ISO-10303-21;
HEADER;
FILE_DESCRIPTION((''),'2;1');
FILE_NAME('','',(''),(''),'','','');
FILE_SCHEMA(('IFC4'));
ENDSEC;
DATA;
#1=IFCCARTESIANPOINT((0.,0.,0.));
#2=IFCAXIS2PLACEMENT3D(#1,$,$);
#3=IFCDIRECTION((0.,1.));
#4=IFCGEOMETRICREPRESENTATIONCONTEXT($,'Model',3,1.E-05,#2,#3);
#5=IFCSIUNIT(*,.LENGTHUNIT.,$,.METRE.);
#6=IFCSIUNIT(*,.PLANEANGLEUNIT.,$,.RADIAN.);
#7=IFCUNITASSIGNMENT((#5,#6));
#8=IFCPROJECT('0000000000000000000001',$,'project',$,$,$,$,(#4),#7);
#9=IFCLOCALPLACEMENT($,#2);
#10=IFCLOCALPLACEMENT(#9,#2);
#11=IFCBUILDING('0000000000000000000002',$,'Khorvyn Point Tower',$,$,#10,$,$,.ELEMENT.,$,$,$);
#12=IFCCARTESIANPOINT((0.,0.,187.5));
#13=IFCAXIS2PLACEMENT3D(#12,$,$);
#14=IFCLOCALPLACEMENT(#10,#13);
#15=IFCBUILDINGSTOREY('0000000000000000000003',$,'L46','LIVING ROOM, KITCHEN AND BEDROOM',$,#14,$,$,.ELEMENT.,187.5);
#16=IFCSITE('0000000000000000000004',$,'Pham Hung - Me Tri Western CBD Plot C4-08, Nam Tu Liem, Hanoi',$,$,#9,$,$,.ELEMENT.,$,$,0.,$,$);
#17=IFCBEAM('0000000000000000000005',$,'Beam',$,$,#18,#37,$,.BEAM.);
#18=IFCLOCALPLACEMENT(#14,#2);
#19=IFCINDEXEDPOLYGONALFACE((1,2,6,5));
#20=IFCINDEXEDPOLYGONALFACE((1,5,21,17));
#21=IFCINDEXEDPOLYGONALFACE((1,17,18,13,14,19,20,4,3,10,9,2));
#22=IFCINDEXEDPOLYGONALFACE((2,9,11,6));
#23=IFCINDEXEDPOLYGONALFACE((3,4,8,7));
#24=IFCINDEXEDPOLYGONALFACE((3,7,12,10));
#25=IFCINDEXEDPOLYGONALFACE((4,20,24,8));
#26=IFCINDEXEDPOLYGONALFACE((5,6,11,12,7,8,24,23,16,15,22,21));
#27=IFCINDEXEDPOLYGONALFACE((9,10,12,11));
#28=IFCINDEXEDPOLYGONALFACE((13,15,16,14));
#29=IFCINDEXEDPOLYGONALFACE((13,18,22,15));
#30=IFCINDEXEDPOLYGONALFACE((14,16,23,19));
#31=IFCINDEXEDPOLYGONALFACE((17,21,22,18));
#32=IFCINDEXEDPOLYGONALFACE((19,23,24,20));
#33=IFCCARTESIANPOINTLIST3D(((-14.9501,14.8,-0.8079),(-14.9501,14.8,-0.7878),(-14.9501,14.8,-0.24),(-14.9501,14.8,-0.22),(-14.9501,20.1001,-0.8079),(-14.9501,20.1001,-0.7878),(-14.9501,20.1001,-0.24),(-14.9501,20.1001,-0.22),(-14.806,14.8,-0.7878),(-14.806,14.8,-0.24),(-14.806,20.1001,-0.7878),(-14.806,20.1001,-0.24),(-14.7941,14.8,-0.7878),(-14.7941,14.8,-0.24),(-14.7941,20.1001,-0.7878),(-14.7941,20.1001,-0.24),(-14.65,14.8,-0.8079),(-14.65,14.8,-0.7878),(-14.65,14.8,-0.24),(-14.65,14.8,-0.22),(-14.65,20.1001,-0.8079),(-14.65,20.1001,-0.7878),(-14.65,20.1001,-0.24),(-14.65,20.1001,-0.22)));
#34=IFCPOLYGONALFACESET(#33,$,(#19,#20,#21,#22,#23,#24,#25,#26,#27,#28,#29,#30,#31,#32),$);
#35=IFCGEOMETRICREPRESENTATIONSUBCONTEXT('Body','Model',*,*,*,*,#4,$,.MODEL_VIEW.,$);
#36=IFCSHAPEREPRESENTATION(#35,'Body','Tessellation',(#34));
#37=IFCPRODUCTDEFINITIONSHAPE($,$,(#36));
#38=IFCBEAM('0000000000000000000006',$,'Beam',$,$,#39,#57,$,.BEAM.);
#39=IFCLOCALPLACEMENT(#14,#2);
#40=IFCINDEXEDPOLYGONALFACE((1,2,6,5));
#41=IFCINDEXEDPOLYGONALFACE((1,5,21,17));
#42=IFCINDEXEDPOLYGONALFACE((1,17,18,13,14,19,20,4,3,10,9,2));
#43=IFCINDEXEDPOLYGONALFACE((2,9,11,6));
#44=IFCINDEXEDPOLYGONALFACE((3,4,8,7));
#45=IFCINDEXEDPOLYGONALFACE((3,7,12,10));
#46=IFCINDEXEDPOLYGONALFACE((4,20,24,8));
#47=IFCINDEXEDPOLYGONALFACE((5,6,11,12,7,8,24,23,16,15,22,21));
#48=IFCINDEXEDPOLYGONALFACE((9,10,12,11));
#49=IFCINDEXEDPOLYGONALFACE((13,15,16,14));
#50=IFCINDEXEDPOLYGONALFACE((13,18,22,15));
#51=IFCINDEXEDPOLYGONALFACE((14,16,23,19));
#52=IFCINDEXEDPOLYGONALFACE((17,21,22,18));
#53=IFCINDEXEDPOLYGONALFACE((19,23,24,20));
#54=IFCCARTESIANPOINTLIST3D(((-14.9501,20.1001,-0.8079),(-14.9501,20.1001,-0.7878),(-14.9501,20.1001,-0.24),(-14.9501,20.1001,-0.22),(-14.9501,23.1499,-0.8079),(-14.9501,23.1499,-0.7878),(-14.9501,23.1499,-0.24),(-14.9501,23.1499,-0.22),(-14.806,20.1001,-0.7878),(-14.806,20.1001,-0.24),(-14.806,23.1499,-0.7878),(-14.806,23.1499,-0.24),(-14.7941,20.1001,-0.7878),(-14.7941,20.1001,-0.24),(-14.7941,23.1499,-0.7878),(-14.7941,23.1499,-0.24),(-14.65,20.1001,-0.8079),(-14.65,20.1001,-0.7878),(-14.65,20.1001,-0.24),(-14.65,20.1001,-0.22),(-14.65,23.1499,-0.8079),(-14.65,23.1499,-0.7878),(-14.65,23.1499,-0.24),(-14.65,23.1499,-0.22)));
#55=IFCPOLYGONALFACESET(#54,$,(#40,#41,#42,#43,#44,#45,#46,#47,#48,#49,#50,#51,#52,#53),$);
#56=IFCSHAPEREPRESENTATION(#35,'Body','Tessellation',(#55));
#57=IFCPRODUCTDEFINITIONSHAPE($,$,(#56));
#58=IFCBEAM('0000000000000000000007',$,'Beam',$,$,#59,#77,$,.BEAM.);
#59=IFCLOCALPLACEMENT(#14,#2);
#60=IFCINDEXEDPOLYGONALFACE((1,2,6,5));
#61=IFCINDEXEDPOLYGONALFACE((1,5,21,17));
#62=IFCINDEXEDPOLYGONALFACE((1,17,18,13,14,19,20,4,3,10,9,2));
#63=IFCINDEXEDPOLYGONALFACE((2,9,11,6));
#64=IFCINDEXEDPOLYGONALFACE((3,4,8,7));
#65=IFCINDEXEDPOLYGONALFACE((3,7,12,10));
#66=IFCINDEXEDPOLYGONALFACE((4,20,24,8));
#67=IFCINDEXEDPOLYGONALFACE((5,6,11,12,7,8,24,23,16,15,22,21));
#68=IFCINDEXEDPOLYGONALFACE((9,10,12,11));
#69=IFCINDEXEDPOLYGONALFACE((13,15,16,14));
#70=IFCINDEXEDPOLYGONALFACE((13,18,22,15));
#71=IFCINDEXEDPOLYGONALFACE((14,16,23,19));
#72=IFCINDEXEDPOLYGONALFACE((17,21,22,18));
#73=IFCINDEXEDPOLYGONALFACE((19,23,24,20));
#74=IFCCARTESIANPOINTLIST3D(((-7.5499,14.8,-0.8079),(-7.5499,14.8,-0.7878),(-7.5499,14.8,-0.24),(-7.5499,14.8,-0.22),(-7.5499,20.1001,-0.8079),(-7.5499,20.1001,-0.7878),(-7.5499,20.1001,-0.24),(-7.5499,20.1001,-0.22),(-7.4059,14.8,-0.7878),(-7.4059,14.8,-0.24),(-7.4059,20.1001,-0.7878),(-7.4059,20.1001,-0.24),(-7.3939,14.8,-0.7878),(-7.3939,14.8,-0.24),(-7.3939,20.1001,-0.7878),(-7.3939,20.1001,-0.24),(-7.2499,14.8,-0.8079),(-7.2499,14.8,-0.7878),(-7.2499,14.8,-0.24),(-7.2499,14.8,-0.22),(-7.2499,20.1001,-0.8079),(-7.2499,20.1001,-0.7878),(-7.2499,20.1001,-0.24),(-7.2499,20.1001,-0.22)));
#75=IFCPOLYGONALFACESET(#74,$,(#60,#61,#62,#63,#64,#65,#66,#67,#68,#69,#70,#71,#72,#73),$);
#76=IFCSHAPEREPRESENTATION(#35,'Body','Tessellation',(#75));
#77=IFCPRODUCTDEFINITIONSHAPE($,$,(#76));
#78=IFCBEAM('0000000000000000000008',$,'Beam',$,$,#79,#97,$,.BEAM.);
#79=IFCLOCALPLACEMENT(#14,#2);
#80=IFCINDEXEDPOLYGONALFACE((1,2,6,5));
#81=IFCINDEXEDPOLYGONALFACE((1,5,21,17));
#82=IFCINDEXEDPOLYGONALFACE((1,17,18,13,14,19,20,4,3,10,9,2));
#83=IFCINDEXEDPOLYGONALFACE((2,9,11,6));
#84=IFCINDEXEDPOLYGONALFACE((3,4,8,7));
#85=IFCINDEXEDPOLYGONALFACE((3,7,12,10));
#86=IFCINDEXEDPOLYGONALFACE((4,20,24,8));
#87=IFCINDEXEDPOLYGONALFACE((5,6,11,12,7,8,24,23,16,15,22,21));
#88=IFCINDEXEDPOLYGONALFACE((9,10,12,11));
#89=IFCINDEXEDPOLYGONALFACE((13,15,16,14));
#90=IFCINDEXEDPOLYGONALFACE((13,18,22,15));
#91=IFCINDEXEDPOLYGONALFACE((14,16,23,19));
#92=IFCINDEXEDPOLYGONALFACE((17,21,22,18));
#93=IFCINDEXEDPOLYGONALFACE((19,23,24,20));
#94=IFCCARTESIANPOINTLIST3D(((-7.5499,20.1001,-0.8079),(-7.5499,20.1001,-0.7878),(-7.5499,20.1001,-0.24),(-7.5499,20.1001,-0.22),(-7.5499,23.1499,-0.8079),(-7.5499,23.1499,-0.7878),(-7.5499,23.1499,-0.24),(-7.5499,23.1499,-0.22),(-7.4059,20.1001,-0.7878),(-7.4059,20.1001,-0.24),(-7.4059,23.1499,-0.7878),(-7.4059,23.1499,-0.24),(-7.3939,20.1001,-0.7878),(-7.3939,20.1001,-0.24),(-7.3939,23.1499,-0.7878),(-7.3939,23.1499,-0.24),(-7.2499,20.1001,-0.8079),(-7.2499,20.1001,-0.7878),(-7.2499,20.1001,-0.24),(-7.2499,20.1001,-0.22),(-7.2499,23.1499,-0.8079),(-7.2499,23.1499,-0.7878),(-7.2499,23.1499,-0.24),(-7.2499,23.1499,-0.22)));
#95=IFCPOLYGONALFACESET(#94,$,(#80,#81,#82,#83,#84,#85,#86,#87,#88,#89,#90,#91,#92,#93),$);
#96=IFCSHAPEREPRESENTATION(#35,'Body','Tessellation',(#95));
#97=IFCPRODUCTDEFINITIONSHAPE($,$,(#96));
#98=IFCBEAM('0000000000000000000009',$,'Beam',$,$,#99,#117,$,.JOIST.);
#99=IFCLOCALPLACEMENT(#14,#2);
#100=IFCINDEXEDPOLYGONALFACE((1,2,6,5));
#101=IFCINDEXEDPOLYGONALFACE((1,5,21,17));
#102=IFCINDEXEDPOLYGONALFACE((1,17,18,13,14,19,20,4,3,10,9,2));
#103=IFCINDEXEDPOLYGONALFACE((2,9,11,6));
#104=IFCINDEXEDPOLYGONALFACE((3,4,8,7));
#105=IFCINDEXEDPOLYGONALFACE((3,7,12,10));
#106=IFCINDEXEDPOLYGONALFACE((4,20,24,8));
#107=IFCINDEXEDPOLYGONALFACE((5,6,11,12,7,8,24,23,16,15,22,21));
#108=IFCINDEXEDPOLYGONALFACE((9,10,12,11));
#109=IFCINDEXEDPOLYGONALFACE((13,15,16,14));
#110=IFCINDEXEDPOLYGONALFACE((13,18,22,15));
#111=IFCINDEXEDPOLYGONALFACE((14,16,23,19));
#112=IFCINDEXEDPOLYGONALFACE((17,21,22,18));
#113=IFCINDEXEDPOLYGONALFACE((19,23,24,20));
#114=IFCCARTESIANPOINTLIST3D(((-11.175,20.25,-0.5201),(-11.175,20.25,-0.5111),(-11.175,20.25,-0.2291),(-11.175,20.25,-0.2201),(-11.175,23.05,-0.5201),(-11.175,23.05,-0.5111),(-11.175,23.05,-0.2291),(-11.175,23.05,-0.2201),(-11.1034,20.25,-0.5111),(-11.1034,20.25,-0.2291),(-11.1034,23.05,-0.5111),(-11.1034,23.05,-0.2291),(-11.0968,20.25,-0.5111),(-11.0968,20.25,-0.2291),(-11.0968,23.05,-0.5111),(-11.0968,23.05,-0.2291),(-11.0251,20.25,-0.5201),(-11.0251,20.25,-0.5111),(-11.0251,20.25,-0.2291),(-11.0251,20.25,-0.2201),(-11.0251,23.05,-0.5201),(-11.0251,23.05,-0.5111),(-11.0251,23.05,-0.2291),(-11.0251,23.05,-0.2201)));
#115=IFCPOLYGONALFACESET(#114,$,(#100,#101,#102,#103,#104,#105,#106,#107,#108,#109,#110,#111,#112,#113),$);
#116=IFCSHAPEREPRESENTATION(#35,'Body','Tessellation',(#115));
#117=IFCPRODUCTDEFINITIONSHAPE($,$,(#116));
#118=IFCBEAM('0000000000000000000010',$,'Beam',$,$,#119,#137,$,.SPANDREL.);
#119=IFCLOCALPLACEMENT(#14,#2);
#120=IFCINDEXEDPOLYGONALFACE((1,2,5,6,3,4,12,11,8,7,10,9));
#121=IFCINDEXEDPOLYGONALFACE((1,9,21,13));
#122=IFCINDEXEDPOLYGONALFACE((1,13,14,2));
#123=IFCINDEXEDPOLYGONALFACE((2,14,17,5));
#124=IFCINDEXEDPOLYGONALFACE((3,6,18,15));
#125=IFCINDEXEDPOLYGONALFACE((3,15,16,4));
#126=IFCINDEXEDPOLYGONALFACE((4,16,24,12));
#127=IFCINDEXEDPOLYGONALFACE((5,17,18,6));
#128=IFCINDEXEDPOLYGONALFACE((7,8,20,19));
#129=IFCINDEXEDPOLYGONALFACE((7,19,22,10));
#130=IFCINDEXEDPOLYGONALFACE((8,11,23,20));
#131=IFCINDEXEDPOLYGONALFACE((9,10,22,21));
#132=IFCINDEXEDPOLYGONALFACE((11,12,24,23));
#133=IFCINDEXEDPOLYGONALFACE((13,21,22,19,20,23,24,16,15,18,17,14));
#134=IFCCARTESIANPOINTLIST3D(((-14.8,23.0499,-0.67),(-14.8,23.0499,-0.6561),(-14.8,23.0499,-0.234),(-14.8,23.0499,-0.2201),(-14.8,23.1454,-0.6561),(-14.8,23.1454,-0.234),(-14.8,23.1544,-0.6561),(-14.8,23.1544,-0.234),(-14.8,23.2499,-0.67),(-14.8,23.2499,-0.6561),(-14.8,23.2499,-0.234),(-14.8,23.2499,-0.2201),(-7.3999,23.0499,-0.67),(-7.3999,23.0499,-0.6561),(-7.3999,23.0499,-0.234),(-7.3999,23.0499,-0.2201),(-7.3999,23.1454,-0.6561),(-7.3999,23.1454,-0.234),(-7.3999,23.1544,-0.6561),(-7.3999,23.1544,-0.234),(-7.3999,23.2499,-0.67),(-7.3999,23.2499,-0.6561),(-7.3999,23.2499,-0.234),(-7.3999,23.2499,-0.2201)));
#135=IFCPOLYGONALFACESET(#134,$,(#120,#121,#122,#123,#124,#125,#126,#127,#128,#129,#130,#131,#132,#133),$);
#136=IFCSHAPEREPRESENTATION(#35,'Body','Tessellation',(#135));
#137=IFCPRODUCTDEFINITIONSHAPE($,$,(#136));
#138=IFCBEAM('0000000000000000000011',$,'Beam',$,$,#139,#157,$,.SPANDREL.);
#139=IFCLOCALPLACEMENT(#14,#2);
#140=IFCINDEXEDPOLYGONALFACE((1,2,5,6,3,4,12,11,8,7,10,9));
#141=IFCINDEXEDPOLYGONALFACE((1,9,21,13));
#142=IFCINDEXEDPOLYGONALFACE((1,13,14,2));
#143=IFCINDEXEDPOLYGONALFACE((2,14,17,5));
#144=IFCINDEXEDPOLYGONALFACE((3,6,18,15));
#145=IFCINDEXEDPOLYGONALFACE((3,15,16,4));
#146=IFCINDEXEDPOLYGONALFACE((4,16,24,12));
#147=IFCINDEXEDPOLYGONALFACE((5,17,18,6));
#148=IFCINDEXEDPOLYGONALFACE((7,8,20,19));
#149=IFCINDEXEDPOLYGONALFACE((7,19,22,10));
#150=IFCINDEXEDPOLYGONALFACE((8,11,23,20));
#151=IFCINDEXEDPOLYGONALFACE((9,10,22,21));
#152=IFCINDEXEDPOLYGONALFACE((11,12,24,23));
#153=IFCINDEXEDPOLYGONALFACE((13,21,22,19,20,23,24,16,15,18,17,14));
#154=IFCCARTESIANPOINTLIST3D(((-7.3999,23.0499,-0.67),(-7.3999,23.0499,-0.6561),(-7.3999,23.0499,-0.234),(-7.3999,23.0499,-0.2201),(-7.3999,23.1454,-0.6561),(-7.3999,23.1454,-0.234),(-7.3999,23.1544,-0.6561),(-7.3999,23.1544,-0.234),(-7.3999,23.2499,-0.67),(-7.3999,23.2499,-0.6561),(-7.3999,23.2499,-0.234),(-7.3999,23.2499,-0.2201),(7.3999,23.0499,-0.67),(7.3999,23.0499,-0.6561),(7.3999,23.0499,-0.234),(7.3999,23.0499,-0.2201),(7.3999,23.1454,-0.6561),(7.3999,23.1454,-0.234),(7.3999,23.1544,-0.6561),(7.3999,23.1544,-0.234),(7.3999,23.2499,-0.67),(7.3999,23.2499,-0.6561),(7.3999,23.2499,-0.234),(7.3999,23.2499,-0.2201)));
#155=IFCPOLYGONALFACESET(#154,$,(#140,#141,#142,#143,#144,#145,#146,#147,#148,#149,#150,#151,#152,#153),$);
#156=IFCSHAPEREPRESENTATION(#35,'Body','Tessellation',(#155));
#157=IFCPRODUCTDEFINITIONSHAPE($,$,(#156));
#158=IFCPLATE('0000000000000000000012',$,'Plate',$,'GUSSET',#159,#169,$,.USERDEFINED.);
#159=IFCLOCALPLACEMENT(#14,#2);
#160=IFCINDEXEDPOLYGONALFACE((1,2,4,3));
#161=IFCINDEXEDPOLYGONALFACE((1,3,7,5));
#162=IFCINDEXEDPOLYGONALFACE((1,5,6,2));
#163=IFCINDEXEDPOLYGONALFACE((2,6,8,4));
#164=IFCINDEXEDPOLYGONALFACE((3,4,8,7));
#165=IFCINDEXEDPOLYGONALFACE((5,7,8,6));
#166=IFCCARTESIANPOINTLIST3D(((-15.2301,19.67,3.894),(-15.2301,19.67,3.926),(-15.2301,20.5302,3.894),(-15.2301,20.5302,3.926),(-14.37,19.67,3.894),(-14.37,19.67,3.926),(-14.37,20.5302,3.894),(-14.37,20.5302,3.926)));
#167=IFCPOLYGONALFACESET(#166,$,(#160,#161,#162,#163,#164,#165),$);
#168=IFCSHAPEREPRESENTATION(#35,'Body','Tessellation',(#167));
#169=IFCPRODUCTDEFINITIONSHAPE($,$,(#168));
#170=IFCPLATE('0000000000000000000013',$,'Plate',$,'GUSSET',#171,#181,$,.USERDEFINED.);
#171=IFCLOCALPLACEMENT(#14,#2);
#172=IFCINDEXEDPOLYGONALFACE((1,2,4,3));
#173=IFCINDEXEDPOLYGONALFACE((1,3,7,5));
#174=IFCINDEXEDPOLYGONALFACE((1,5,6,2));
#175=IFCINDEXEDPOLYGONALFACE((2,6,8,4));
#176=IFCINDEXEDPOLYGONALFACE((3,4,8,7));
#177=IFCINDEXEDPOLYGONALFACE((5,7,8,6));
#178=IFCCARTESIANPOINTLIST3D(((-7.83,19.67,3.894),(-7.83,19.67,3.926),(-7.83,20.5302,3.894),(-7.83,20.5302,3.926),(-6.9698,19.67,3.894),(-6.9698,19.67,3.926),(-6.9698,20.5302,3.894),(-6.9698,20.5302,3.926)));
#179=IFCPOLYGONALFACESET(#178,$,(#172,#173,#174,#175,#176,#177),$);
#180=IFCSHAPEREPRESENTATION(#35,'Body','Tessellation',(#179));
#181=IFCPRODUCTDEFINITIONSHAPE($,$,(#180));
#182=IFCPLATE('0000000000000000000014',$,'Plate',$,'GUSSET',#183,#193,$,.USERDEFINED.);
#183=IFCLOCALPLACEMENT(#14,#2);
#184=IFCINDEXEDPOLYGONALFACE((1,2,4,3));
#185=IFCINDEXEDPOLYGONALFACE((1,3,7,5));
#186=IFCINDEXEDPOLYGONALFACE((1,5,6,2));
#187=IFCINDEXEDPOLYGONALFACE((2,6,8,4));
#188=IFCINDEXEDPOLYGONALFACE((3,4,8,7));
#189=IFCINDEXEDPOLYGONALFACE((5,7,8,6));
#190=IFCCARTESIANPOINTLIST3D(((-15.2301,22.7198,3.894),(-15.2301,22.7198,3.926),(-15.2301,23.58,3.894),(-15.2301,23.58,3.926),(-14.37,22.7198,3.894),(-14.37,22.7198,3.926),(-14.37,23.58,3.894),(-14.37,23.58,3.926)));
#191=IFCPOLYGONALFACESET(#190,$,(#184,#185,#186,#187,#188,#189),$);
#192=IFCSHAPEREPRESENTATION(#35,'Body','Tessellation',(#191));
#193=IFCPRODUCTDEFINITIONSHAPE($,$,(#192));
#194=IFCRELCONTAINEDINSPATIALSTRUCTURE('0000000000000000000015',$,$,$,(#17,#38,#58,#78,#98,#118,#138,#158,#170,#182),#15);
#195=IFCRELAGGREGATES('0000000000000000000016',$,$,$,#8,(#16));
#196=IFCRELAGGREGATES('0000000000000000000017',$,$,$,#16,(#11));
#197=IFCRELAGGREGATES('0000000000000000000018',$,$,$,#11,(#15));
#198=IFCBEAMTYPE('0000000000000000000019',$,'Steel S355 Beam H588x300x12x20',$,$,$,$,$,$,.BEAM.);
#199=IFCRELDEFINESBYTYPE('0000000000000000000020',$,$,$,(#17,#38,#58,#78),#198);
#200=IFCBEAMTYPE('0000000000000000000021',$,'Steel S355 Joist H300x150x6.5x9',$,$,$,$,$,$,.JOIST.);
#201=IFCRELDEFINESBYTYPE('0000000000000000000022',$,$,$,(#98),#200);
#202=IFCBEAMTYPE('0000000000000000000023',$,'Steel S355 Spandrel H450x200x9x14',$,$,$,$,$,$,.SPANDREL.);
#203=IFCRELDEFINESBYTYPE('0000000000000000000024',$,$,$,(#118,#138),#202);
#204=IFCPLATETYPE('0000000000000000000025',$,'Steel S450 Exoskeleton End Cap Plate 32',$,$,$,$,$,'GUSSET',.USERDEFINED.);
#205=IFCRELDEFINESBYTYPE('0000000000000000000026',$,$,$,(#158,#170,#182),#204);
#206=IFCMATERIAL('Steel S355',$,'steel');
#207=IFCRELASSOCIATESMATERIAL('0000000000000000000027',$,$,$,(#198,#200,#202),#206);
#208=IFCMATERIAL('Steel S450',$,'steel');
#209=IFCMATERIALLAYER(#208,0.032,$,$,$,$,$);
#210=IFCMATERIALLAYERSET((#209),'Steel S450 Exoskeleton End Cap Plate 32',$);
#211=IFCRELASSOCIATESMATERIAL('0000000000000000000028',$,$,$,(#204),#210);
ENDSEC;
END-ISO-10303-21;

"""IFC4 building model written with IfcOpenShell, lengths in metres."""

from ifc_helpers import new_model, si_unit, direction, frame, origin, origin_2d, place, context, subcontext, project, spatial, rectangle, i_section, extrude, material, layer, layer_set, material_profile, profile_set, type_object, element, save


model = new_model("IFC4")

# Units and contexts
model_context = context("Model", 3, precision=1e-05, world=origin(), true_north=direction((0.0, 1.0)))
body_context = subcontext(model_context, "Body", "Model", "MODEL_VIEW")
ifc_project = project(units=[si_unit("LENGTHUNIT", "METRE"), si_unit("PLANEANGLEUNIT", "RADIAN")], contexts=[model_context])

# Site, building, storey
site_placement = place(None, origin())
site = spatial("IfcSite", under=ifc_project, at=site_placement, Name="Pham Hung - Me Tri Western CBD Plot C4-08, Nam Tu Liem, Hanoi", CompositionType="ELEMENT", RefElevation=0.0)
building_placement = place(site_placement, origin())
building = spatial("IfcBuilding", under=site, at=building_placement, Name="Khorvyn Point Tower", CompositionType="ELEMENT")
storey_placement = place(building_placement, frame((0.0, 0.0, 187.5)))
storey = spatial("IfcBuildingStorey", under=building, at=storey_placement, Name="L46", Description="LIVING ROOM, KITCHEN AND BEDROOM", CompositionType="ELEMENT", Elevation=187.5)

# Shared definitions
ifc_material_1 = material(Name="Steel S450", Category="steel")

# Beams
ifc_material_2 = material(Name="Steel S355", Category="steel")
ifc_material_profile_1 = material_profile(ifc_material_2, i_section(OverallWidth=0.3, OverallDepth=0.5879, WebThickness=0.012, FlangeThickness=0.02, at=origin_2d()))
ifc_profile_set_1 = profile_set([ifc_material_profile_1], Name="Steel S355 H588x300x12x20")
beam_type_1 = type_object("IfcBeamType", Name="Steel S355 Beam H588x300x12x20", PredefinedType="BEAM", material=ifc_profile_set_1)
beam_1_placement = place(storey_placement, frame((-14.8, 14.8, -0.5139), z_axis=(0.0, 1.0, 0.0), x_axis=(-1.0, 0.0, 0.0)))
element("IfcBeam", 1, at=beam_1_placement, inside=storey, type_object=beam_type_1, Name="Beam", PredefinedType="BEAM", context=body_context, shape_type="SweptSolid", body=[
    extrude(i_section(OverallWidth=0.3, OverallDepth=0.5879, WebThickness=0.012, FlangeThickness=0.02, at=origin_2d()), origin(), (0.0, 0.0, 1.0), 5.3),
])
beam_2_placement = place(storey_placement, frame((-14.8, 20.1001, -0.5139), z_axis=(0.0, 1.0, 0.0), x_axis=(-1.0, 0.0, 0.0)))
element("IfcBeam", 2, at=beam_2_placement, inside=storey, type_object=beam_type_1, Name="Beam", PredefinedType="BEAM", context=body_context, shape_type="SweptSolid", body=[
    extrude(i_section(OverallWidth=0.3, OverallDepth=0.5879, WebThickness=0.012, FlangeThickness=0.02, at=origin_2d()), origin(), (0.0, 0.0, 1.0), 3.0498),
])
beam_3_placement = place(storey_placement, frame((-7.3999, 14.8, -0.5139), z_axis=(0.0, 1.0, 0.0), x_axis=(-1.0, 0.0, 0.0)))
element("IfcBeam", 3, at=beam_3_placement, inside=storey, type_object=beam_type_1, Name="Beam", PredefinedType="BEAM", context=body_context, shape_type="SweptSolid", body=[
    extrude(i_section(OverallWidth=0.3, OverallDepth=0.5879, WebThickness=0.012, FlangeThickness=0.02, at=origin_2d()), origin(), (0.0, 0.0, 1.0), 5.3),
])
beam_4_placement = place(storey_placement, frame((-7.3999, 20.1001, -0.5139), z_axis=(0.0, 1.0, 0.0), x_axis=(-1.0, 0.0, 0.0)))
element("IfcBeam", 4, at=beam_4_placement, inside=storey, type_object=beam_type_1, Name="Beam", PredefinedType="BEAM", context=body_context, shape_type="SweptSolid", body=[
    extrude(i_section(OverallWidth=0.3, OverallDepth=0.5879, WebThickness=0.012, FlangeThickness=0.02, at=origin_2d()), origin(), (0.0, 0.0, 1.0), 3.0498),
])
ifc_material_profile_2 = material_profile(ifc_material_2, i_section(OverallWidth=0.1499, OverallDepth=0.3, WebThickness=0.0066, FlangeThickness=0.009, at=origin_2d()))
ifc_profile_set_2 = profile_set([ifc_material_profile_2], Name="Steel S355 H300x150x6.5x9")
beam_type_2 = type_object("IfcBeamType", Name="Steel S355 Joist H300x150x6.5x9", PredefinedType="JOIST", material=ifc_profile_set_2)
beam_5_placement = place(storey_placement, frame((-11.1001, 20.25, -0.3701), z_axis=(0.0, 1.0, 0.0), x_axis=(-1.0, 0.0, 0.0)))
element("IfcBeam", 5, at=beam_5_placement, inside=storey, type_object=beam_type_2, Name="Beam", PredefinedType="JOIST", context=body_context, shape_type="SweptSolid", body=[
    extrude(i_section(OverallWidth=0.1499, OverallDepth=0.3, WebThickness=0.0066, FlangeThickness=0.009, at=origin_2d()), origin(), (0.0, 0.0, 1.0), 2.8),
])
ifc_material_profile_3 = material_profile(ifc_material_2, i_section(OverallWidth=0.2, OverallDepth=0.45, WebThickness=0.009, FlangeThickness=0.0139, at=origin_2d()))
ifc_profile_set_3 = profile_set([ifc_material_profile_3], Name="Steel S355 H450x200x9x14")
beam_type_3 = type_object("IfcBeamType", Name="Steel S355 Spandrel H450x200x9x14", PredefinedType="SPANDREL", material=ifc_profile_set_3)
beam_6_placement = place(storey_placement, frame((-14.8, 23.1499, -0.4451), z_axis=(1.0, 0.0, 0.0), x_axis=(0.0, 1.0, 0.0)))
element("IfcBeam", 6, at=beam_6_placement, inside=storey, type_object=beam_type_3, Name="Beam", PredefinedType="SPANDREL", context=body_context, shape_type="SweptSolid", body=[
    extrude(i_section(OverallWidth=0.2, OverallDepth=0.45, WebThickness=0.009, FlangeThickness=0.0139, at=origin_2d()), origin(), (0.0, 0.0, 1.0), 7.4001),
])
beam_7_placement = place(storey_placement, frame((-7.3999, 23.1499, -0.4451), z_axis=(1.0, 0.0, 0.0), x_axis=(0.0, 1.0, 0.0)))
element("IfcBeam", 7, at=beam_7_placement, inside=storey, type_object=beam_type_3, Name="Beam", PredefinedType="SPANDREL", context=body_context, shape_type="SweptSolid", body=[
    extrude(i_section(OverallWidth=0.2, OverallDepth=0.45, WebThickness=0.009, FlangeThickness=0.0139, at=origin_2d()), origin(), (0.0, 0.0, 1.0), 14.7998),
])

# Plates
ifc_layer_1 = layer(ifc_material_1, 0.032)
ifc_layer_set_1 = layer_set([ifc_layer_1], Name="Steel S450 Exoskeleton End Cap Plate 32")
plate_type_1 = type_object("IfcPlateType", Name="Steel S450 Exoskeleton End Cap Plate 32", ElementType="GUSSET", PredefinedType="USERDEFINED", material=ifc_layer_set_1)
for number, where, z_axis, x_axis, name in (
    (8, (-14.8, 20.1001, 3.894), (0.0, 0.0, 1.0), (1.0, 0.0, 0.0), "Plate"),
    (9, (-7.3999, 20.1001, 3.894), (0.0, 0.0, 1.0), (1.0, 0.0, 0.0), "Plate"),
    (10, (-14.8, 23.1499, 3.894), (0.0, 0.0, 1.0), (1.0, 0.0, 0.0), "Plate"),
):
    element("IfcPlate", number, at=place(storey_placement, frame(where, z_axis=z_axis, x_axis=x_axis)), inside=storey, type_object=plate_type_1, Name=name, ObjectType="GUSSET", PredefinedType="USERDEFINED", context=body_context, shape_type="SweptSolid", body=[
        extrude(rectangle(XDim=0.8601, YDim=0.8601, at=origin_2d()), origin(), (0.0, 0.0, 1.0), 0.032),
    ])

save(model, "model.ifc")
